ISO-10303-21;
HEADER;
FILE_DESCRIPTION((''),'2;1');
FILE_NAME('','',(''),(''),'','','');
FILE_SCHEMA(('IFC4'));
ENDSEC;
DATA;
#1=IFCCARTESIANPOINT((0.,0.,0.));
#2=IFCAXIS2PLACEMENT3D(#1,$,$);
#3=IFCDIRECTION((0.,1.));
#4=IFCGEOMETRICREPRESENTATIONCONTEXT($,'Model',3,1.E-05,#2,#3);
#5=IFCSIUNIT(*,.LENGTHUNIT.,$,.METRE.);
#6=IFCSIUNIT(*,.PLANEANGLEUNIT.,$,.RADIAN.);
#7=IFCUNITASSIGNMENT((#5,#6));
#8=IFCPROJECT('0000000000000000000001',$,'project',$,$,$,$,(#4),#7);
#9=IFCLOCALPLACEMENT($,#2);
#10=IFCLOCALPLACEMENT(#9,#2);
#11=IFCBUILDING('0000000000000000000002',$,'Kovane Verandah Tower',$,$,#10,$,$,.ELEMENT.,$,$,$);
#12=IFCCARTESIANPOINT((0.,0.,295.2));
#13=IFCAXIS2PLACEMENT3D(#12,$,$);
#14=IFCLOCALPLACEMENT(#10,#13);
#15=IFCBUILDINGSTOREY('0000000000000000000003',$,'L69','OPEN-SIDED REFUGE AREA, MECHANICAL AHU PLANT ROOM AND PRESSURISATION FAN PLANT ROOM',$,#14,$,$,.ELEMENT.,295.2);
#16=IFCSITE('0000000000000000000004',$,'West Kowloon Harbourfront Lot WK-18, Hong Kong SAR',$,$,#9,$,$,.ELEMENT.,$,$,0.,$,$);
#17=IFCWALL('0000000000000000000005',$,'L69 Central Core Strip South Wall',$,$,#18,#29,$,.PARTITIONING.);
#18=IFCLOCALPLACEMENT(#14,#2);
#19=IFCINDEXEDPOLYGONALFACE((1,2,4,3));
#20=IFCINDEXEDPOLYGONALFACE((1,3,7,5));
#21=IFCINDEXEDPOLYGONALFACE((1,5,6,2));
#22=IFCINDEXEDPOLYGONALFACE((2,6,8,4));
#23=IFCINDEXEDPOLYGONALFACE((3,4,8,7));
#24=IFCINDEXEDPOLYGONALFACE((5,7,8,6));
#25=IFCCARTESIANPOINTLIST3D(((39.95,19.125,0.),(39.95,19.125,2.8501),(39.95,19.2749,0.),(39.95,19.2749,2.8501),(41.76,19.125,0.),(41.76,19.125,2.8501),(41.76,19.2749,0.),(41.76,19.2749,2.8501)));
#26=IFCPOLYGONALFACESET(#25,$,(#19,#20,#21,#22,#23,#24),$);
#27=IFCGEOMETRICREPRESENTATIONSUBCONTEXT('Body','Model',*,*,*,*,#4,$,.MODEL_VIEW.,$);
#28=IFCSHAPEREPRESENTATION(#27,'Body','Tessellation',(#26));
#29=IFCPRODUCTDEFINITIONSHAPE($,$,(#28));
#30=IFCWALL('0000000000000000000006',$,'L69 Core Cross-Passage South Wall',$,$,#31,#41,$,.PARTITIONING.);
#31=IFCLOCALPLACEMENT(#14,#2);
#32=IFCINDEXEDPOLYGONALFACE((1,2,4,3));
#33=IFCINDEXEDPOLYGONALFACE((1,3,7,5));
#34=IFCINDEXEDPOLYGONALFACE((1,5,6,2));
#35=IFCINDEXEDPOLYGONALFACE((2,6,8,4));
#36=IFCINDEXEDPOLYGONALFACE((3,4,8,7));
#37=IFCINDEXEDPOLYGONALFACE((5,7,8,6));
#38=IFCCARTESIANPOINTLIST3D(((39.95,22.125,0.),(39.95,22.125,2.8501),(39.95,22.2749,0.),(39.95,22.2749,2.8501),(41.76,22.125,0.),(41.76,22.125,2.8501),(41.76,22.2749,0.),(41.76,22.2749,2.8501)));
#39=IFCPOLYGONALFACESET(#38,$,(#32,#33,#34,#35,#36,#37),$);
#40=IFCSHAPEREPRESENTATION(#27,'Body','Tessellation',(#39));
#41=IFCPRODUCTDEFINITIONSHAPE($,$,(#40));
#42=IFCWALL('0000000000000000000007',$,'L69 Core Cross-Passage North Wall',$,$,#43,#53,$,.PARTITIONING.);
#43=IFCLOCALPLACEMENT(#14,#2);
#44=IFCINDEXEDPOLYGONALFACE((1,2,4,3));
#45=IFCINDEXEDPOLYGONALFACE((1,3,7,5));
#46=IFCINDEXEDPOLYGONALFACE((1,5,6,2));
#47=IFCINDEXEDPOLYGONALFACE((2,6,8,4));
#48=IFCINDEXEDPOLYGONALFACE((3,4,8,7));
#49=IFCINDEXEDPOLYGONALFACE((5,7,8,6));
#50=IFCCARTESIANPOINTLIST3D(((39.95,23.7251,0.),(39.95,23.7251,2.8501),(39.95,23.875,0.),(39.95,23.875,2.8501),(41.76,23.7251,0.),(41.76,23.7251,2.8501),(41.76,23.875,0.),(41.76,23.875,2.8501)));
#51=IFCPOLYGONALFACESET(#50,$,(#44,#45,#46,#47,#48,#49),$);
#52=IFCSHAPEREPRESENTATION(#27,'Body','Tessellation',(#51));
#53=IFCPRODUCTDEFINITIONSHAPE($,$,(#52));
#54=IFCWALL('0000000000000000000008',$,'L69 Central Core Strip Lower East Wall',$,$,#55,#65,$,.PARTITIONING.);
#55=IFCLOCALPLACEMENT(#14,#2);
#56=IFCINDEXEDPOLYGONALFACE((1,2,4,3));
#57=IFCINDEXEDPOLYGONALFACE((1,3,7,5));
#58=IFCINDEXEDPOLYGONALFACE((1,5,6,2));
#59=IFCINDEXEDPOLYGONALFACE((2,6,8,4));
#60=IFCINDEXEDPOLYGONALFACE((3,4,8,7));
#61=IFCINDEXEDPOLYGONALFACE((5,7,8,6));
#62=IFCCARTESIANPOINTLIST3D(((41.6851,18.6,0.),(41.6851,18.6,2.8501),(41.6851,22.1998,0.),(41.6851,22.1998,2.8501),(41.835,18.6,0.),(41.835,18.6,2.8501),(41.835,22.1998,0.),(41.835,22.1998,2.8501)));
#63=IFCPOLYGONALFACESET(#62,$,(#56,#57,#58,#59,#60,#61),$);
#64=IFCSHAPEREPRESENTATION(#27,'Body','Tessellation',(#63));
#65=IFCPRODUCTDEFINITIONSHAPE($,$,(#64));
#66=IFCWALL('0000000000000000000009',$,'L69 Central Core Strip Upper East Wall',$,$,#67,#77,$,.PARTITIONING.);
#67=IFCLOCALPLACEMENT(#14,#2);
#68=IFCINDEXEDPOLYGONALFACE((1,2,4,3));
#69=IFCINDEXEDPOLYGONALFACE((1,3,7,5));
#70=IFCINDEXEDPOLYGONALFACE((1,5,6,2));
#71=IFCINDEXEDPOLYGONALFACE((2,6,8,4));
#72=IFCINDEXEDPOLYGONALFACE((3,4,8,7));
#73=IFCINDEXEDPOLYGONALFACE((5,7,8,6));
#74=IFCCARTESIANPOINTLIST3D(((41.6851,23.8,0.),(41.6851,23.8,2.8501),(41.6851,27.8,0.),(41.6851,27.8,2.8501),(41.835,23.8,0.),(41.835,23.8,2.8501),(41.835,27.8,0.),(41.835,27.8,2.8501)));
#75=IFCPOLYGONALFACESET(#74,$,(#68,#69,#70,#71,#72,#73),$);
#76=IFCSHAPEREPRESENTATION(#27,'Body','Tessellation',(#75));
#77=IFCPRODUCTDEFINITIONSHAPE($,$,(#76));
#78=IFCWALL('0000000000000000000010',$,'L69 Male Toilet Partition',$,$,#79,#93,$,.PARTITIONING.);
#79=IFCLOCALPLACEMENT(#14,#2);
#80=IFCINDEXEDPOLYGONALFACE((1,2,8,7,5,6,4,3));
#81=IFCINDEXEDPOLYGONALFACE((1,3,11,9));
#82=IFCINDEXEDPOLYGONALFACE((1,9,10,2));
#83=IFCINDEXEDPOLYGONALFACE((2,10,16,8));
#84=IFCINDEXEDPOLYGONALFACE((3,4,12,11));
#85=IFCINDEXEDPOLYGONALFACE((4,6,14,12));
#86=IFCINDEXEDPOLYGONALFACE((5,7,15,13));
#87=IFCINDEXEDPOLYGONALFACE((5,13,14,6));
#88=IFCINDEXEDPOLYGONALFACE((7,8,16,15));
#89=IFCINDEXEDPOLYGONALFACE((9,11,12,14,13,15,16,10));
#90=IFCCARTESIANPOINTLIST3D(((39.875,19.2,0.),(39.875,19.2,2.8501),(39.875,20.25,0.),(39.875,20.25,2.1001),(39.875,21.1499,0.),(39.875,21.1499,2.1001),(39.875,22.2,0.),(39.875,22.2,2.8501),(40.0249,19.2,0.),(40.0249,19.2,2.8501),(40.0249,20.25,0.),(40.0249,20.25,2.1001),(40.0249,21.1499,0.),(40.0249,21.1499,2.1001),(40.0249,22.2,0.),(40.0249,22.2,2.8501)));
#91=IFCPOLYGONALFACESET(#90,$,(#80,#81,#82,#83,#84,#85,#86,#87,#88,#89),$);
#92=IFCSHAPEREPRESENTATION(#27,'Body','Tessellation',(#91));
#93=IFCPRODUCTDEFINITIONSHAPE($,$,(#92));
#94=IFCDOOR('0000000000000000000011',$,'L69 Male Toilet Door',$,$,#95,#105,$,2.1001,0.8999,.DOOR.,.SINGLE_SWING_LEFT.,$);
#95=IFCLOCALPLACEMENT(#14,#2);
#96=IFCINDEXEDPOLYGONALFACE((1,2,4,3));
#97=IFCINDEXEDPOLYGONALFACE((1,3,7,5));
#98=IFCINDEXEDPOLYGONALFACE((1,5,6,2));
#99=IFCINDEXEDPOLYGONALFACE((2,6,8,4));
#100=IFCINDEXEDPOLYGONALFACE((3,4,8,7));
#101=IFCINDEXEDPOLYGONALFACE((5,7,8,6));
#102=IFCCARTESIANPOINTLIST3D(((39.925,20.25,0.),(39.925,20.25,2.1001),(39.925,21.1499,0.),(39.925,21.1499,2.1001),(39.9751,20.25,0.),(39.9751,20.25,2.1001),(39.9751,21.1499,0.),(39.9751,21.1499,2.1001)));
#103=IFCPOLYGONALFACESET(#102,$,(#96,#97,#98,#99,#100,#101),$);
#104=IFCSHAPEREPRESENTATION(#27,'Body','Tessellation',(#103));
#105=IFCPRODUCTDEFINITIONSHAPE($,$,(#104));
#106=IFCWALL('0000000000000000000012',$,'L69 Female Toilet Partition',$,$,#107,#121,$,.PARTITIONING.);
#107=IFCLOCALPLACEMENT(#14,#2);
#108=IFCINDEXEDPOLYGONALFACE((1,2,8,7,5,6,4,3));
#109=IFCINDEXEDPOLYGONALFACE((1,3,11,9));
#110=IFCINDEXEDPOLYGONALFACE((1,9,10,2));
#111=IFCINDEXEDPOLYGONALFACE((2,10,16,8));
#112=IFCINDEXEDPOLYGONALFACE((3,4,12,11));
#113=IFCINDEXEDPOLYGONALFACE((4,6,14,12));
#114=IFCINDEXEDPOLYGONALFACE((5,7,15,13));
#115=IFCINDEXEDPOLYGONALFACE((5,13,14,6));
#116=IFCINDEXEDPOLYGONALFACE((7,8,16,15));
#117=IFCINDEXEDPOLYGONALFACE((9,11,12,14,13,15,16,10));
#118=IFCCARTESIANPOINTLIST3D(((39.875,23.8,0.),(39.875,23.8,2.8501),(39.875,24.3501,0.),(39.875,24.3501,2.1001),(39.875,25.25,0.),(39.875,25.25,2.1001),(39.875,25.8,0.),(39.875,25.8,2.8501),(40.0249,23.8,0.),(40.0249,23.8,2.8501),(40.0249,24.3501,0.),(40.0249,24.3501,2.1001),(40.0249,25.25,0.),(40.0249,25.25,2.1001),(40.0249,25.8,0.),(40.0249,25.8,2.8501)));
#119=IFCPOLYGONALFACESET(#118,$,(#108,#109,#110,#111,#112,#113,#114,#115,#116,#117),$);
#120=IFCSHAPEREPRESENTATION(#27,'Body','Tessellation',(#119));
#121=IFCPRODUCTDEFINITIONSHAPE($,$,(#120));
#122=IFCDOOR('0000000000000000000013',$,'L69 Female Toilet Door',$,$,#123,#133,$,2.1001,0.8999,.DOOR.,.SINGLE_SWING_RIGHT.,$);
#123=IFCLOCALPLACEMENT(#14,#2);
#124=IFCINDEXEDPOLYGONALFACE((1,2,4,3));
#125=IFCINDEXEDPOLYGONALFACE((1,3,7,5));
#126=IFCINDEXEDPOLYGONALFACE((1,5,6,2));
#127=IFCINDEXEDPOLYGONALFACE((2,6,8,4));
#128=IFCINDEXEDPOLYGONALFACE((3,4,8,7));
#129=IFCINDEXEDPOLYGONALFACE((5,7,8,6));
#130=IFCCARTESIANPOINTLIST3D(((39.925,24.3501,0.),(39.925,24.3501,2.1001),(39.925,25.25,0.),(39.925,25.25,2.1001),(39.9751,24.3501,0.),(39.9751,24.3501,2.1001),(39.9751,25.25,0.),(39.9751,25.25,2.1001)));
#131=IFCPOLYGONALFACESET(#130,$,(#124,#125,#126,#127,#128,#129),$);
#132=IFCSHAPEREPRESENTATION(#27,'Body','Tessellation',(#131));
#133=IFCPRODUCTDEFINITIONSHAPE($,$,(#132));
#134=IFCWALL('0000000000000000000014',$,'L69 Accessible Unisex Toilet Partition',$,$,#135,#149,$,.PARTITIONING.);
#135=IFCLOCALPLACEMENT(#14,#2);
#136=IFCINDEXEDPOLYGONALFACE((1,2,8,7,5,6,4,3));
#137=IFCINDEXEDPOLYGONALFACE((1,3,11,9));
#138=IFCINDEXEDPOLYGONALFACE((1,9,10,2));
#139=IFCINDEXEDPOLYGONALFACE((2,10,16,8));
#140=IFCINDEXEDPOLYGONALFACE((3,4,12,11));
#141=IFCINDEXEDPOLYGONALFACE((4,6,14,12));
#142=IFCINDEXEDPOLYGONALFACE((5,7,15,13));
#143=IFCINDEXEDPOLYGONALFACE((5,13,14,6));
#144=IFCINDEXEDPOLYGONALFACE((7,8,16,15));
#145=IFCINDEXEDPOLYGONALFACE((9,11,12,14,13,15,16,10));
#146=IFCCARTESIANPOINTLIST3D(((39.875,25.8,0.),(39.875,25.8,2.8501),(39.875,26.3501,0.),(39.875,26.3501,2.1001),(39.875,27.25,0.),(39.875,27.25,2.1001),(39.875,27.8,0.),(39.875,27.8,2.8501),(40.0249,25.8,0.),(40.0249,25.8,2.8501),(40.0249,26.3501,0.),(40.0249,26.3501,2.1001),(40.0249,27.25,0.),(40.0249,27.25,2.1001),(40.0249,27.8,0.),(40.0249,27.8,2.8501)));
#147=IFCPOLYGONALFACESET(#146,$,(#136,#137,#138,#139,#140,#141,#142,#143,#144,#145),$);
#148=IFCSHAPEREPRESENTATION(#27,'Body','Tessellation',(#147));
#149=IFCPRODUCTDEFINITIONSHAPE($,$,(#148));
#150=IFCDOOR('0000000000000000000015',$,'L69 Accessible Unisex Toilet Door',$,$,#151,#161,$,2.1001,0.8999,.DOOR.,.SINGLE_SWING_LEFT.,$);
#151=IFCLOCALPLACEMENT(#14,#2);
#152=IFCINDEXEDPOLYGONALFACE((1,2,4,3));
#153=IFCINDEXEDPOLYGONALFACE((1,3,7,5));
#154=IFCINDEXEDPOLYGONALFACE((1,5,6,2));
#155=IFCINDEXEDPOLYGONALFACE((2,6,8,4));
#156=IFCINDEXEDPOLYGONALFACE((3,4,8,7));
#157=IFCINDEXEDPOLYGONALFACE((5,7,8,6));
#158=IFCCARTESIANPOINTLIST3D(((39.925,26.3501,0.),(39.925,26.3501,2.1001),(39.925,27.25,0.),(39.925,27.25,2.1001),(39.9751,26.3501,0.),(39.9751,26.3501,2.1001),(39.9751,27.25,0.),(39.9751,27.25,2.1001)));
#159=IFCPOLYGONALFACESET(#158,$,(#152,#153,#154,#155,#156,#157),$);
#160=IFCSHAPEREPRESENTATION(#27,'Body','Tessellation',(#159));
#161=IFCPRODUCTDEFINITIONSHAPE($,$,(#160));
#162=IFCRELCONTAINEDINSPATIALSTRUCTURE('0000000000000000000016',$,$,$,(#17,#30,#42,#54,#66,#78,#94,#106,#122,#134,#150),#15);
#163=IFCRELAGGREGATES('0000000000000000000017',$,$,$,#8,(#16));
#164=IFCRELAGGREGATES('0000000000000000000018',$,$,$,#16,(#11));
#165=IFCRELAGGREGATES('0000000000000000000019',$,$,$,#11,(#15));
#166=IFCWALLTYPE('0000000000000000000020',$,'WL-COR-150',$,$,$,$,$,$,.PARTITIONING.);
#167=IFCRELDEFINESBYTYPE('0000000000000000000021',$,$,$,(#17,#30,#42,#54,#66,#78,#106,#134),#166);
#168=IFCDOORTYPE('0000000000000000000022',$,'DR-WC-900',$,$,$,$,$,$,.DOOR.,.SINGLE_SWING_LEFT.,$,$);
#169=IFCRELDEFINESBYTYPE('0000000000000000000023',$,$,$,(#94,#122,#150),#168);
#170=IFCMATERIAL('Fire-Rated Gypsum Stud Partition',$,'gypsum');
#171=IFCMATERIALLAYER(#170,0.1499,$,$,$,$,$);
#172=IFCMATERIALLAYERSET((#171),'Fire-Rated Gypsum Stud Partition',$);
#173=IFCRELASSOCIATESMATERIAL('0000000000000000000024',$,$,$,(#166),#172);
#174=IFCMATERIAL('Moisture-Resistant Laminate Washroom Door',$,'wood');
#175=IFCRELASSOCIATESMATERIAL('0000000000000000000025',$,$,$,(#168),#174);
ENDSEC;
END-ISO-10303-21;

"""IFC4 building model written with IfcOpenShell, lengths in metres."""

from ifc_helpers import new_model, si_unit, direction, frame, frame_2d, origin, place, context, subcontext, project, spatial, rectangle, extrude, material, layer, layer_set, type_object, element, fill, save


model = new_model("IFC4")

# Units and contexts
model_context = context("Model", 3, precision=1e-05, world=origin(), true_north=direction((0.0, 1.0)))
body_context = subcontext(model_context, "Body", "Model", "MODEL_VIEW")
ifc_project = project(units=[si_unit("LENGTHUNIT", "METRE"), si_unit("PLANEANGLEUNIT", "RADIAN")], contexts=[model_context])

# Site, building, storey
site_placement = place(None, origin())
site = spatial("IfcSite", under=ifc_project, at=site_placement, Name="West Kowloon Harbourfront Lot WK-18, Hong Kong SAR", CompositionType="ELEMENT", RefElevation=0.0)
building_placement = place(site_placement, origin())
building = spatial("IfcBuilding", under=site, at=building_placement, Name="Kovane Verandah Tower", CompositionType="ELEMENT")
storey_placement = place(building_placement, frame((0.0, 0.0, 295.2)))
storey = spatial("IfcBuildingStorey", under=building, at=storey_placement, Name="L69", Description="OPEN-SIDED REFUGE AREA, MECHANICAL AHU PLANT ROOM AND PRESSURISATION FAN PLANT ROOM", CompositionType="ELEMENT", Elevation=295.2)

# Walls
ifc_material_1 = material(Name="Fire-Rated Gypsum Stud Partition", Category="gypsum")
ifc_layer_1 = layer(ifc_material_1, 0.1499)
ifc_layer_set_1 = layer_set([ifc_layer_1], Name="Fire-Rated Gypsum Stud Partition")
wall_type_1 = type_object("IfcWallType", Name="WL-COR-150", PredefinedType="PARTITIONING", material=ifc_layer_set_1)
for number, where, z_axis, x_axis, name in (
    (1, (39.95, 19.2, 0.0), (0.0, 0.0, 1.0), (1.0, 0.0, 0.0), "L69 Central Core Strip South Wall"),
    (2, (39.95, 22.2, 0.0), (0.0, 0.0, 1.0), (1.0, 0.0, 0.0), "L69 Core Cross-Passage South Wall"),
    (3, (39.95, 23.8, 0.0), (0.0, 0.0, 1.0), (1.0, 0.0, 0.0), "L69 Core Cross-Passage North Wall"),
):
    element("IfcWall", number, at=place(storey_placement, frame(where, z_axis=z_axis, x_axis=x_axis)), inside=storey, type_object=wall_type_1, Name=name, PredefinedType="PARTITIONING", context=body_context, shape_type="SweptSolid", body=[
        extrude(rectangle(XDim=1.8101, YDim=0.1499, at=frame_2d((0.905, 0.0))), origin(), (0.0, 0.0, 1.0), 2.8501),
    ])
wall_1_placement = place(storey_placement, frame((41.76, 18.6001, 0.0), z_axis=(0.0, 0.0, 1.0), x_axis=(0.0, 1.0, 0.0)))
element("IfcWall", 4, at=wall_1_placement, inside=storey, type_object=wall_type_1, Name="L69 Central Core Strip Lower East Wall", PredefinedType="PARTITIONING", context=body_context, shape_type="SweptSolid", body=[
    extrude(rectangle(XDim=3.5999, YDim=0.1499, at=frame_2d((1.7998, 0.0))), origin(), (0.0, 0.0, 1.0), 2.8501),
])
wall_2_placement = place(storey_placement, frame((41.76, 23.8, 0.0), z_axis=(0.0, 0.0, 1.0), x_axis=(0.0, 1.0, 0.0)))
element("IfcWall", 5, at=wall_2_placement, inside=storey, type_object=wall_type_1, Name="L69 Central Core Strip Upper East Wall", PredefinedType="PARTITIONING", context=body_context, shape_type="SweptSolid", body=[
    extrude(rectangle(XDim=4.0, YDim=0.1499, at=frame_2d((2.0, 0.0))), origin(), (0.0, 0.0, 1.0), 2.8501),
])

# Walls, openings, doors
wall_3_placement = place(storey_placement, frame((39.95, 19.2, 0.0), z_axis=(0.0, 0.0, 1.0), x_axis=(0.0, 1.0, 0.0)))
wall_3 = element("IfcWall", 6, at=wall_3_placement, inside=storey, type_object=wall_type_1, Name="L69 Male Toilet Partition", PredefinedType="PARTITIONING", context=body_context, shape_type="SweptSolid", body=[
    extrude(rectangle(XDim=3.0, YDim=0.1499, at=frame_2d((1.5, 0.0))), origin(), (0.0, 0.0, 1.0), 2.8501),
])
opening_1_placement = place(wall_3_placement, frame((1.05, 0.0, 0.0)))
opening_1 = element("IfcOpeningElement", 7, at=opening_1_placement, cuts=wall_3, PredefinedType="OPENING", context=body_context, shape_type="SweptSolid", body=[
    extrude(rectangle(XDim=0.8999, YDim=2.1001, at=frame_2d((0.45, 1.05))), frame((0.0, 0.075, 0.0), z_axis=(0.0, -1.0, 0.0), x_axis=(1.0, 0.0, 0.0)), (0.0, 0.0, 1.0), 0.1499),
])
ifc_material_2 = material(Name="Moisture-Resistant Laminate Washroom Door", Category="wood")
door_type_1 = type_object("IfcDoorType", Name="DR-WC-900", OperationType="SINGLE_SWING_LEFT", PredefinedType="DOOR", material=ifc_material_2)
door_1_placement = place(opening_1_placement, origin())
door_1 = element("IfcDoor", 8, at=door_1_placement, inside=storey, type_object=door_type_1, Name="L69 Male Toilet Door", OperationType="SINGLE_SWING_LEFT", OverallHeight=2.1001, OverallWidth=0.8999, PredefinedType="DOOR", context=body_context, shape_type="SweptSolid", body=[
    extrude(rectangle(XDim=0.8999, YDim=2.1001, at=frame_2d((0.45, 1.05))), frame((0.0, 0.0249, 0.0), z_axis=(0.0, -1.0, 0.0), x_axis=(1.0, 0.0, 0.0)), (0.0, 0.0, 1.0), 0.05),
])
fill(opening_1, door_1)
wall_4_placement = place(storey_placement, frame((39.95, 23.8, 0.0), z_axis=(0.0, 0.0, 1.0), x_axis=(0.0, 1.0, 0.0)))
wall_4 = element("IfcWall", 9, at=wall_4_placement, inside=storey, type_object=wall_type_1, Name="L69 Female Toilet Partition", PredefinedType="PARTITIONING", context=body_context, shape_type="SweptSolid", body=[
    extrude(rectangle(XDim=2.0, YDim=0.1499, at=frame_2d((1.0, 0.0))), origin(), (0.0, 0.0, 1.0), 2.8501),
])
opening_2_placement = place(wall_4_placement, frame((0.55, 0.0, 0.0)))
opening_2 = element("IfcOpeningElement", 10, at=opening_2_placement, cuts=wall_4, PredefinedType="OPENING", context=body_context, shape_type="SweptSolid", body=[
    extrude(rectangle(XDim=0.8999, YDim=2.1001, at=frame_2d((0.45, 1.05))), frame((0.0, 0.075, 0.0), z_axis=(0.0, -1.0, 0.0), x_axis=(1.0, 0.0, 0.0)), (0.0, 0.0, 1.0), 0.1499),
])
door_2_placement = place(opening_2_placement, origin())
door_2 = element("IfcDoor", 11, at=door_2_placement, inside=storey, type_object=door_type_1, Name="L69 Female Toilet Door", OperationType="SINGLE_SWING_RIGHT", OverallHeight=2.1001, OverallWidth=0.8999, PredefinedType="DOOR", context=body_context, shape_type="SweptSolid", body=[
    extrude(rectangle(XDim=0.8999, YDim=2.1001, at=frame_2d((0.45, 1.05))), frame((0.0, 0.0249, 0.0), z_axis=(0.0, -1.0, 0.0), x_axis=(1.0, 0.0, 0.0)), (0.0, 0.0, 1.0), 0.05),
])
fill(opening_2, door_2)
wall_5_placement = place(storey_placement, frame((39.95, 25.8, 0.0), z_axis=(0.0, 0.0, 1.0), x_axis=(0.0, 1.0, 0.0)))
wall_5 = element("IfcWall", 12, at=wall_5_placement, inside=storey, type_object=wall_type_1, Name="L69 Accessible Unisex Toilet Partition", PredefinedType="PARTITIONING", context=body_context, shape_type="SweptSolid", body=[
    extrude(rectangle(XDim=2.0, YDim=0.1499, at=frame_2d((1.0, 0.0))), origin(), (0.0, 0.0, 1.0), 2.8501),
])
opening_3_placement = place(wall_5_placement, frame((0.55, 0.0, 0.0)))
opening_3 = element("IfcOpeningElement", 13, at=opening_3_placement, cuts=wall_5, PredefinedType="OPENING", context=body_context, shape_type="SweptSolid", body=[
    extrude(rectangle(XDim=0.8999, YDim=2.1001, at=frame_2d((0.45, 1.05))), frame((0.0, 0.075, 0.0), z_axis=(0.0, -1.0, 0.0), x_axis=(1.0, 0.0, 0.0)), (0.0, 0.0, 1.0), 0.1499),
])
door_3_placement = place(opening_3_placement, origin())
door_3 = element("IfcDoor", 14, at=door_3_placement, inside=storey, type_object=door_type_1, Name="L69 Accessible Unisex Toilet Door", OperationType="SINGLE_SWING_LEFT", OverallHeight=2.1001, OverallWidth=0.8999, PredefinedType="DOOR", context=body_context, shape_type="SweptSolid", body=[
    extrude(rectangle(XDim=0.8999, YDim=2.1001, at=frame_2d((0.45, 1.05))), frame((0.0, 0.0249, 0.0), z_axis=(0.0, -1.0, 0.0), x_axis=(1.0, 0.0, 0.0)), (0.0, 0.0, 1.0), 0.05),
])
fill(opening_3, door_3)

save(model, "model.ifc")
